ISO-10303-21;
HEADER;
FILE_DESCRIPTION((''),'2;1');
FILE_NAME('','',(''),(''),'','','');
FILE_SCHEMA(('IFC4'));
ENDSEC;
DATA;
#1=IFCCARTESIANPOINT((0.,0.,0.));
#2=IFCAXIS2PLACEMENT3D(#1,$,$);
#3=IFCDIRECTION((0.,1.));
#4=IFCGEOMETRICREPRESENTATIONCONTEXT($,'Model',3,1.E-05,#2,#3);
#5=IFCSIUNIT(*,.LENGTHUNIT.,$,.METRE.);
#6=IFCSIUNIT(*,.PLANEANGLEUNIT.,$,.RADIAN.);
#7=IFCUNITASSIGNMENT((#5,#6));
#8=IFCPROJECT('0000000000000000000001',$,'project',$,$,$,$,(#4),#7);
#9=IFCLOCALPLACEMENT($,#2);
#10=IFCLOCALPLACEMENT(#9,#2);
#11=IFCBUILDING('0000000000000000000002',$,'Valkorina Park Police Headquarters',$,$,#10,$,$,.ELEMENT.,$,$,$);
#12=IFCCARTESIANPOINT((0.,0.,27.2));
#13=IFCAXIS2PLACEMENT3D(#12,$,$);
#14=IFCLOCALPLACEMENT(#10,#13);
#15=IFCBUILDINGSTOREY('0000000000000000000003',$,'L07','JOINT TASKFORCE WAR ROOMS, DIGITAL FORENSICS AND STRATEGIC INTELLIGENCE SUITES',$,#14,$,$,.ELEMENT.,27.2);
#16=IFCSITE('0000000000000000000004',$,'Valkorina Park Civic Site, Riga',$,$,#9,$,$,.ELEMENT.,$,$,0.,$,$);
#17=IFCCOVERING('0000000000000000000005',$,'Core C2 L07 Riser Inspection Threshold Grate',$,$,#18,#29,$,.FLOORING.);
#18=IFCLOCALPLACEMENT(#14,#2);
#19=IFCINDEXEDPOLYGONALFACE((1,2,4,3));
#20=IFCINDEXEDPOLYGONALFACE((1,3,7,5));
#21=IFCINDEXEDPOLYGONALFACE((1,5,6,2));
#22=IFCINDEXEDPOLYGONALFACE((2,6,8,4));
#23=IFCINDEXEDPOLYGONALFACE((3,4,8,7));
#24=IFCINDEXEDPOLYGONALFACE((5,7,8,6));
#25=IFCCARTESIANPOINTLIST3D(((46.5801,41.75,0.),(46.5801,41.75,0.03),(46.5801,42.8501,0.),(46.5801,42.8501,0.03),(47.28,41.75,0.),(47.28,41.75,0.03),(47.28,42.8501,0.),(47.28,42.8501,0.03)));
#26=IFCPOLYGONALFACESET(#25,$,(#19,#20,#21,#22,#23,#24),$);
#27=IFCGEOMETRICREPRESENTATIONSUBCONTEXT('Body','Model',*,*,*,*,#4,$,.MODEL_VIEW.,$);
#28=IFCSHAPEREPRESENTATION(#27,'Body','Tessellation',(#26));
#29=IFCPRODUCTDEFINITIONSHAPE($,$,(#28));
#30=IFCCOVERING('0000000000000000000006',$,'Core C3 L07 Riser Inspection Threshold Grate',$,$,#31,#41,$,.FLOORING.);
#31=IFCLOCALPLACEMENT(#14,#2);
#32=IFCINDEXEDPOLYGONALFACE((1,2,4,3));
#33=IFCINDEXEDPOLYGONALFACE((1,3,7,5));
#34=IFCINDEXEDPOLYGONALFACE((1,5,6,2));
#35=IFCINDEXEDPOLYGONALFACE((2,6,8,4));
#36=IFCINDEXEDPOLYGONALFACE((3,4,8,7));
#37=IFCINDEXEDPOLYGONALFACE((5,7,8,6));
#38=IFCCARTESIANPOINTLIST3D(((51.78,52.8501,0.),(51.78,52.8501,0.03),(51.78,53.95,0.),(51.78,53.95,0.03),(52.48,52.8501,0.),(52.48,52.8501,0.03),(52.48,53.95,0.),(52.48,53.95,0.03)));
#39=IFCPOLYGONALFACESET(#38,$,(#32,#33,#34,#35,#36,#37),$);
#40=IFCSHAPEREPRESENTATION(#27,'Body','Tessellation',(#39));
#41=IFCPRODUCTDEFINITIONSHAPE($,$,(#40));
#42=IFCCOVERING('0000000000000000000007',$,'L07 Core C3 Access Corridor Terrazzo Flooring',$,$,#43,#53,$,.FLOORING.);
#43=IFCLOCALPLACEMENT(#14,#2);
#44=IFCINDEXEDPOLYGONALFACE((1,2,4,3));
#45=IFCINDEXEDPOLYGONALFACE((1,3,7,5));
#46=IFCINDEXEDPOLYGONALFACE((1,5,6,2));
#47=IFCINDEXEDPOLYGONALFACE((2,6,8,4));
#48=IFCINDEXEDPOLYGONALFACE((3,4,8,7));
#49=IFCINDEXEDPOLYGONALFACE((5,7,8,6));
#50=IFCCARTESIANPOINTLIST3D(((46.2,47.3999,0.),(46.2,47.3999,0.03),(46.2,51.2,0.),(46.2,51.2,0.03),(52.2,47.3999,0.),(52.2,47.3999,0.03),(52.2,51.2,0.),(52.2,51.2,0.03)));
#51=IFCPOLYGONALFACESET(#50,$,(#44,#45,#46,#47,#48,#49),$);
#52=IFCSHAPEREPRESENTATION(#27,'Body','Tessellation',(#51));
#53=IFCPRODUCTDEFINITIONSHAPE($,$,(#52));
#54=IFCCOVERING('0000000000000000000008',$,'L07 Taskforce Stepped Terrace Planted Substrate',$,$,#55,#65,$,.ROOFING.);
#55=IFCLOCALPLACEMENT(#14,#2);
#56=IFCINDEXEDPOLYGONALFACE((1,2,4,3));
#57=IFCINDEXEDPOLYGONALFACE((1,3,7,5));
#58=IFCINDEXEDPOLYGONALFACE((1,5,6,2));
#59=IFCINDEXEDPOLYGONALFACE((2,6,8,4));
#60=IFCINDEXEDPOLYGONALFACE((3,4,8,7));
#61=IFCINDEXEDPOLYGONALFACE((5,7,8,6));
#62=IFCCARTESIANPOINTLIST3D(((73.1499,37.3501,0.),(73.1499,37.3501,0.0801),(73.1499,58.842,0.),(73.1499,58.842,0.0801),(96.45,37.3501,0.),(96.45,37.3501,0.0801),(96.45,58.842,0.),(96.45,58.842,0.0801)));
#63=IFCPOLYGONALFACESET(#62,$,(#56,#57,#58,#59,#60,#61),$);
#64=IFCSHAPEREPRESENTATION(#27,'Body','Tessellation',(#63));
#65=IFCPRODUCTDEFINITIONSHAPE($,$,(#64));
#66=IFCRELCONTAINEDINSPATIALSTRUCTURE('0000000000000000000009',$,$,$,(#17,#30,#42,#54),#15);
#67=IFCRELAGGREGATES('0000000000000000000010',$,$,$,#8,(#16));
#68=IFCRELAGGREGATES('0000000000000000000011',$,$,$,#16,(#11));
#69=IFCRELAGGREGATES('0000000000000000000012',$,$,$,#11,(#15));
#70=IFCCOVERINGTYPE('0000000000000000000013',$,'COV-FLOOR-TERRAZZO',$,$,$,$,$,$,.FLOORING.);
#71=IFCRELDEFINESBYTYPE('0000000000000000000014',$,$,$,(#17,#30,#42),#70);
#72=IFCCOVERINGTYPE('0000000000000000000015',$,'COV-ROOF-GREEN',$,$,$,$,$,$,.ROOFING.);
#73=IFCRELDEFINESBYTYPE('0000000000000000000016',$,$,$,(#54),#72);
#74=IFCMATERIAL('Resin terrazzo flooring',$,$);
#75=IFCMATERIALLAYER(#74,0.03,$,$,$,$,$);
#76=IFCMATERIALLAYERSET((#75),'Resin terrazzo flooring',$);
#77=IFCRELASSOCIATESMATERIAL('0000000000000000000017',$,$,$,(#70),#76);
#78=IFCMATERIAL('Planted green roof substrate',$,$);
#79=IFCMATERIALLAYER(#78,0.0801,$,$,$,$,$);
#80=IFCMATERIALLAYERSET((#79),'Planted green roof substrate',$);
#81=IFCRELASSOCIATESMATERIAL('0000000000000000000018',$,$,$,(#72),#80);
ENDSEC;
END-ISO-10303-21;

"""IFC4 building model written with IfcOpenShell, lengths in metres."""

from ifc_helpers import new_model, si_unit, direction, frame, origin, place, context, subcontext, project, spatial, polyline, outline, extrude, material, layer, layer_set, type_object, element, save


model = new_model("IFC4")

# Units and contexts
model_context = context("Model", 3, precision=1e-05, world=origin(), true_north=direction((0.0, 1.0)))
body_context = subcontext(model_context, "Body", "Model", "MODEL_VIEW")
ifc_project = project(units=[si_unit("LENGTHUNIT", "METRE"), si_unit("PLANEANGLEUNIT", "RADIAN")], contexts=[model_context])

# Site, building, storey
site_placement = place(None, origin())
site = spatial("IfcSite", under=ifc_project, at=site_placement, Name="Valkorina Park Civic Site, Riga", CompositionType="ELEMENT", RefElevation=0.0)
building_placement = place(site_placement, origin())
building = spatial("IfcBuilding", under=site, at=building_placement, Name="Valkorina Park Police Headquarters", CompositionType="ELEMENT")
storey_placement = place(building_placement, frame((0.0, 0.0, 27.2)))
storey = spatial("IfcBuildingStorey", under=building, at=storey_placement, Name="L07", Description="JOINT TASKFORCE WAR ROOMS, DIGITAL FORENSICS AND STRATEGIC INTELLIGENCE SUITES", CompositionType="ELEMENT", Elevation=27.2)

# Coverings
ifc_material_1 = material(Name="Resin terrazzo flooring")
ifc_layer_1 = layer(ifc_material_1, 0.03)
ifc_layer_set_1 = layer_set([ifc_layer_1], Name="Resin terrazzo flooring")
covering_type_1 = type_object("IfcCoveringType", Name="COV-FLOOR-TERRAZZO", PredefinedType="FLOORING", material=ifc_layer_set_1)
covering_1_placement = place(storey_placement, origin())
element("IfcCovering", 1, at=covering_1_placement, inside=storey, type_object=covering_type_1, Name="Core C2 L07 Riser Inspection Threshold Grate", PredefinedType="FLOORING", context=body_context, shape_type="SweptSolid", body=[
    extrude(outline(polyline([(47.28, 41.75), (47.28, 42.8501), (46.5801, 42.8501), (46.5801, 41.75), (47.28, 41.75)])), origin(), (0.0, 0.0, 1.0), 0.03),
])
covering_2_placement = place(storey_placement, origin())
element("IfcCovering", 2, at=covering_2_placement, inside=storey, type_object=covering_type_1, Name="Core C3 L07 Riser Inspection Threshold Grate", PredefinedType="FLOORING", context=body_context, shape_type="SweptSolid", body=[
    extrude(outline(polyline([(52.48, 52.8501), (52.48, 53.95), (51.78, 53.95), (51.78, 52.8501), (52.48, 52.8501)])), origin(), (0.0, 0.0, 1.0), 0.03),
])
covering_3_placement = place(storey_placement, origin())
element("IfcCovering", 3, at=covering_3_placement, inside=storey, type_object=covering_type_1, Name="L07 Core C3 Access Corridor Terrazzo Flooring", PredefinedType="FLOORING", context=body_context, shape_type="SweptSolid", body=[
    extrude(outline(polyline([(46.2, 51.2), (46.2, 47.3999), (52.2, 47.3999), (52.2, 51.2), (46.2, 51.2)])), origin(), (0.0, 0.0, 1.0), 0.03),
])
ifc_material_2 = material(Name="Planted green roof substrate")
ifc_layer_2 = layer(ifc_material_2, 0.0801)
ifc_layer_set_2 = layer_set([ifc_layer_2], Name="Planted green roof substrate")
covering_type_2 = type_object("IfcCoveringType", Name="COV-ROOF-GREEN", PredefinedType="ROOFING", material=ifc_layer_set_2)
covering_4_placement = place(storey_placement, origin())
element("IfcCovering", 4, at=covering_4_placement, inside=storey, type_object=covering_type_2, Name="L07 Taskforce Stepped Terrace Planted Substrate", PredefinedType="ROOFING", context=body_context, shape_type="SweptSolid", body=[
    extrude(outline(polyline([(96.45, 58.842), (73.1499, 58.842), (73.1499, 37.3501), (96.45, 37.3501), (96.45, 58.842)])), origin(), (0.0, 0.0, 1.0), 0.0801),
])

save(model, "model.ifc")
